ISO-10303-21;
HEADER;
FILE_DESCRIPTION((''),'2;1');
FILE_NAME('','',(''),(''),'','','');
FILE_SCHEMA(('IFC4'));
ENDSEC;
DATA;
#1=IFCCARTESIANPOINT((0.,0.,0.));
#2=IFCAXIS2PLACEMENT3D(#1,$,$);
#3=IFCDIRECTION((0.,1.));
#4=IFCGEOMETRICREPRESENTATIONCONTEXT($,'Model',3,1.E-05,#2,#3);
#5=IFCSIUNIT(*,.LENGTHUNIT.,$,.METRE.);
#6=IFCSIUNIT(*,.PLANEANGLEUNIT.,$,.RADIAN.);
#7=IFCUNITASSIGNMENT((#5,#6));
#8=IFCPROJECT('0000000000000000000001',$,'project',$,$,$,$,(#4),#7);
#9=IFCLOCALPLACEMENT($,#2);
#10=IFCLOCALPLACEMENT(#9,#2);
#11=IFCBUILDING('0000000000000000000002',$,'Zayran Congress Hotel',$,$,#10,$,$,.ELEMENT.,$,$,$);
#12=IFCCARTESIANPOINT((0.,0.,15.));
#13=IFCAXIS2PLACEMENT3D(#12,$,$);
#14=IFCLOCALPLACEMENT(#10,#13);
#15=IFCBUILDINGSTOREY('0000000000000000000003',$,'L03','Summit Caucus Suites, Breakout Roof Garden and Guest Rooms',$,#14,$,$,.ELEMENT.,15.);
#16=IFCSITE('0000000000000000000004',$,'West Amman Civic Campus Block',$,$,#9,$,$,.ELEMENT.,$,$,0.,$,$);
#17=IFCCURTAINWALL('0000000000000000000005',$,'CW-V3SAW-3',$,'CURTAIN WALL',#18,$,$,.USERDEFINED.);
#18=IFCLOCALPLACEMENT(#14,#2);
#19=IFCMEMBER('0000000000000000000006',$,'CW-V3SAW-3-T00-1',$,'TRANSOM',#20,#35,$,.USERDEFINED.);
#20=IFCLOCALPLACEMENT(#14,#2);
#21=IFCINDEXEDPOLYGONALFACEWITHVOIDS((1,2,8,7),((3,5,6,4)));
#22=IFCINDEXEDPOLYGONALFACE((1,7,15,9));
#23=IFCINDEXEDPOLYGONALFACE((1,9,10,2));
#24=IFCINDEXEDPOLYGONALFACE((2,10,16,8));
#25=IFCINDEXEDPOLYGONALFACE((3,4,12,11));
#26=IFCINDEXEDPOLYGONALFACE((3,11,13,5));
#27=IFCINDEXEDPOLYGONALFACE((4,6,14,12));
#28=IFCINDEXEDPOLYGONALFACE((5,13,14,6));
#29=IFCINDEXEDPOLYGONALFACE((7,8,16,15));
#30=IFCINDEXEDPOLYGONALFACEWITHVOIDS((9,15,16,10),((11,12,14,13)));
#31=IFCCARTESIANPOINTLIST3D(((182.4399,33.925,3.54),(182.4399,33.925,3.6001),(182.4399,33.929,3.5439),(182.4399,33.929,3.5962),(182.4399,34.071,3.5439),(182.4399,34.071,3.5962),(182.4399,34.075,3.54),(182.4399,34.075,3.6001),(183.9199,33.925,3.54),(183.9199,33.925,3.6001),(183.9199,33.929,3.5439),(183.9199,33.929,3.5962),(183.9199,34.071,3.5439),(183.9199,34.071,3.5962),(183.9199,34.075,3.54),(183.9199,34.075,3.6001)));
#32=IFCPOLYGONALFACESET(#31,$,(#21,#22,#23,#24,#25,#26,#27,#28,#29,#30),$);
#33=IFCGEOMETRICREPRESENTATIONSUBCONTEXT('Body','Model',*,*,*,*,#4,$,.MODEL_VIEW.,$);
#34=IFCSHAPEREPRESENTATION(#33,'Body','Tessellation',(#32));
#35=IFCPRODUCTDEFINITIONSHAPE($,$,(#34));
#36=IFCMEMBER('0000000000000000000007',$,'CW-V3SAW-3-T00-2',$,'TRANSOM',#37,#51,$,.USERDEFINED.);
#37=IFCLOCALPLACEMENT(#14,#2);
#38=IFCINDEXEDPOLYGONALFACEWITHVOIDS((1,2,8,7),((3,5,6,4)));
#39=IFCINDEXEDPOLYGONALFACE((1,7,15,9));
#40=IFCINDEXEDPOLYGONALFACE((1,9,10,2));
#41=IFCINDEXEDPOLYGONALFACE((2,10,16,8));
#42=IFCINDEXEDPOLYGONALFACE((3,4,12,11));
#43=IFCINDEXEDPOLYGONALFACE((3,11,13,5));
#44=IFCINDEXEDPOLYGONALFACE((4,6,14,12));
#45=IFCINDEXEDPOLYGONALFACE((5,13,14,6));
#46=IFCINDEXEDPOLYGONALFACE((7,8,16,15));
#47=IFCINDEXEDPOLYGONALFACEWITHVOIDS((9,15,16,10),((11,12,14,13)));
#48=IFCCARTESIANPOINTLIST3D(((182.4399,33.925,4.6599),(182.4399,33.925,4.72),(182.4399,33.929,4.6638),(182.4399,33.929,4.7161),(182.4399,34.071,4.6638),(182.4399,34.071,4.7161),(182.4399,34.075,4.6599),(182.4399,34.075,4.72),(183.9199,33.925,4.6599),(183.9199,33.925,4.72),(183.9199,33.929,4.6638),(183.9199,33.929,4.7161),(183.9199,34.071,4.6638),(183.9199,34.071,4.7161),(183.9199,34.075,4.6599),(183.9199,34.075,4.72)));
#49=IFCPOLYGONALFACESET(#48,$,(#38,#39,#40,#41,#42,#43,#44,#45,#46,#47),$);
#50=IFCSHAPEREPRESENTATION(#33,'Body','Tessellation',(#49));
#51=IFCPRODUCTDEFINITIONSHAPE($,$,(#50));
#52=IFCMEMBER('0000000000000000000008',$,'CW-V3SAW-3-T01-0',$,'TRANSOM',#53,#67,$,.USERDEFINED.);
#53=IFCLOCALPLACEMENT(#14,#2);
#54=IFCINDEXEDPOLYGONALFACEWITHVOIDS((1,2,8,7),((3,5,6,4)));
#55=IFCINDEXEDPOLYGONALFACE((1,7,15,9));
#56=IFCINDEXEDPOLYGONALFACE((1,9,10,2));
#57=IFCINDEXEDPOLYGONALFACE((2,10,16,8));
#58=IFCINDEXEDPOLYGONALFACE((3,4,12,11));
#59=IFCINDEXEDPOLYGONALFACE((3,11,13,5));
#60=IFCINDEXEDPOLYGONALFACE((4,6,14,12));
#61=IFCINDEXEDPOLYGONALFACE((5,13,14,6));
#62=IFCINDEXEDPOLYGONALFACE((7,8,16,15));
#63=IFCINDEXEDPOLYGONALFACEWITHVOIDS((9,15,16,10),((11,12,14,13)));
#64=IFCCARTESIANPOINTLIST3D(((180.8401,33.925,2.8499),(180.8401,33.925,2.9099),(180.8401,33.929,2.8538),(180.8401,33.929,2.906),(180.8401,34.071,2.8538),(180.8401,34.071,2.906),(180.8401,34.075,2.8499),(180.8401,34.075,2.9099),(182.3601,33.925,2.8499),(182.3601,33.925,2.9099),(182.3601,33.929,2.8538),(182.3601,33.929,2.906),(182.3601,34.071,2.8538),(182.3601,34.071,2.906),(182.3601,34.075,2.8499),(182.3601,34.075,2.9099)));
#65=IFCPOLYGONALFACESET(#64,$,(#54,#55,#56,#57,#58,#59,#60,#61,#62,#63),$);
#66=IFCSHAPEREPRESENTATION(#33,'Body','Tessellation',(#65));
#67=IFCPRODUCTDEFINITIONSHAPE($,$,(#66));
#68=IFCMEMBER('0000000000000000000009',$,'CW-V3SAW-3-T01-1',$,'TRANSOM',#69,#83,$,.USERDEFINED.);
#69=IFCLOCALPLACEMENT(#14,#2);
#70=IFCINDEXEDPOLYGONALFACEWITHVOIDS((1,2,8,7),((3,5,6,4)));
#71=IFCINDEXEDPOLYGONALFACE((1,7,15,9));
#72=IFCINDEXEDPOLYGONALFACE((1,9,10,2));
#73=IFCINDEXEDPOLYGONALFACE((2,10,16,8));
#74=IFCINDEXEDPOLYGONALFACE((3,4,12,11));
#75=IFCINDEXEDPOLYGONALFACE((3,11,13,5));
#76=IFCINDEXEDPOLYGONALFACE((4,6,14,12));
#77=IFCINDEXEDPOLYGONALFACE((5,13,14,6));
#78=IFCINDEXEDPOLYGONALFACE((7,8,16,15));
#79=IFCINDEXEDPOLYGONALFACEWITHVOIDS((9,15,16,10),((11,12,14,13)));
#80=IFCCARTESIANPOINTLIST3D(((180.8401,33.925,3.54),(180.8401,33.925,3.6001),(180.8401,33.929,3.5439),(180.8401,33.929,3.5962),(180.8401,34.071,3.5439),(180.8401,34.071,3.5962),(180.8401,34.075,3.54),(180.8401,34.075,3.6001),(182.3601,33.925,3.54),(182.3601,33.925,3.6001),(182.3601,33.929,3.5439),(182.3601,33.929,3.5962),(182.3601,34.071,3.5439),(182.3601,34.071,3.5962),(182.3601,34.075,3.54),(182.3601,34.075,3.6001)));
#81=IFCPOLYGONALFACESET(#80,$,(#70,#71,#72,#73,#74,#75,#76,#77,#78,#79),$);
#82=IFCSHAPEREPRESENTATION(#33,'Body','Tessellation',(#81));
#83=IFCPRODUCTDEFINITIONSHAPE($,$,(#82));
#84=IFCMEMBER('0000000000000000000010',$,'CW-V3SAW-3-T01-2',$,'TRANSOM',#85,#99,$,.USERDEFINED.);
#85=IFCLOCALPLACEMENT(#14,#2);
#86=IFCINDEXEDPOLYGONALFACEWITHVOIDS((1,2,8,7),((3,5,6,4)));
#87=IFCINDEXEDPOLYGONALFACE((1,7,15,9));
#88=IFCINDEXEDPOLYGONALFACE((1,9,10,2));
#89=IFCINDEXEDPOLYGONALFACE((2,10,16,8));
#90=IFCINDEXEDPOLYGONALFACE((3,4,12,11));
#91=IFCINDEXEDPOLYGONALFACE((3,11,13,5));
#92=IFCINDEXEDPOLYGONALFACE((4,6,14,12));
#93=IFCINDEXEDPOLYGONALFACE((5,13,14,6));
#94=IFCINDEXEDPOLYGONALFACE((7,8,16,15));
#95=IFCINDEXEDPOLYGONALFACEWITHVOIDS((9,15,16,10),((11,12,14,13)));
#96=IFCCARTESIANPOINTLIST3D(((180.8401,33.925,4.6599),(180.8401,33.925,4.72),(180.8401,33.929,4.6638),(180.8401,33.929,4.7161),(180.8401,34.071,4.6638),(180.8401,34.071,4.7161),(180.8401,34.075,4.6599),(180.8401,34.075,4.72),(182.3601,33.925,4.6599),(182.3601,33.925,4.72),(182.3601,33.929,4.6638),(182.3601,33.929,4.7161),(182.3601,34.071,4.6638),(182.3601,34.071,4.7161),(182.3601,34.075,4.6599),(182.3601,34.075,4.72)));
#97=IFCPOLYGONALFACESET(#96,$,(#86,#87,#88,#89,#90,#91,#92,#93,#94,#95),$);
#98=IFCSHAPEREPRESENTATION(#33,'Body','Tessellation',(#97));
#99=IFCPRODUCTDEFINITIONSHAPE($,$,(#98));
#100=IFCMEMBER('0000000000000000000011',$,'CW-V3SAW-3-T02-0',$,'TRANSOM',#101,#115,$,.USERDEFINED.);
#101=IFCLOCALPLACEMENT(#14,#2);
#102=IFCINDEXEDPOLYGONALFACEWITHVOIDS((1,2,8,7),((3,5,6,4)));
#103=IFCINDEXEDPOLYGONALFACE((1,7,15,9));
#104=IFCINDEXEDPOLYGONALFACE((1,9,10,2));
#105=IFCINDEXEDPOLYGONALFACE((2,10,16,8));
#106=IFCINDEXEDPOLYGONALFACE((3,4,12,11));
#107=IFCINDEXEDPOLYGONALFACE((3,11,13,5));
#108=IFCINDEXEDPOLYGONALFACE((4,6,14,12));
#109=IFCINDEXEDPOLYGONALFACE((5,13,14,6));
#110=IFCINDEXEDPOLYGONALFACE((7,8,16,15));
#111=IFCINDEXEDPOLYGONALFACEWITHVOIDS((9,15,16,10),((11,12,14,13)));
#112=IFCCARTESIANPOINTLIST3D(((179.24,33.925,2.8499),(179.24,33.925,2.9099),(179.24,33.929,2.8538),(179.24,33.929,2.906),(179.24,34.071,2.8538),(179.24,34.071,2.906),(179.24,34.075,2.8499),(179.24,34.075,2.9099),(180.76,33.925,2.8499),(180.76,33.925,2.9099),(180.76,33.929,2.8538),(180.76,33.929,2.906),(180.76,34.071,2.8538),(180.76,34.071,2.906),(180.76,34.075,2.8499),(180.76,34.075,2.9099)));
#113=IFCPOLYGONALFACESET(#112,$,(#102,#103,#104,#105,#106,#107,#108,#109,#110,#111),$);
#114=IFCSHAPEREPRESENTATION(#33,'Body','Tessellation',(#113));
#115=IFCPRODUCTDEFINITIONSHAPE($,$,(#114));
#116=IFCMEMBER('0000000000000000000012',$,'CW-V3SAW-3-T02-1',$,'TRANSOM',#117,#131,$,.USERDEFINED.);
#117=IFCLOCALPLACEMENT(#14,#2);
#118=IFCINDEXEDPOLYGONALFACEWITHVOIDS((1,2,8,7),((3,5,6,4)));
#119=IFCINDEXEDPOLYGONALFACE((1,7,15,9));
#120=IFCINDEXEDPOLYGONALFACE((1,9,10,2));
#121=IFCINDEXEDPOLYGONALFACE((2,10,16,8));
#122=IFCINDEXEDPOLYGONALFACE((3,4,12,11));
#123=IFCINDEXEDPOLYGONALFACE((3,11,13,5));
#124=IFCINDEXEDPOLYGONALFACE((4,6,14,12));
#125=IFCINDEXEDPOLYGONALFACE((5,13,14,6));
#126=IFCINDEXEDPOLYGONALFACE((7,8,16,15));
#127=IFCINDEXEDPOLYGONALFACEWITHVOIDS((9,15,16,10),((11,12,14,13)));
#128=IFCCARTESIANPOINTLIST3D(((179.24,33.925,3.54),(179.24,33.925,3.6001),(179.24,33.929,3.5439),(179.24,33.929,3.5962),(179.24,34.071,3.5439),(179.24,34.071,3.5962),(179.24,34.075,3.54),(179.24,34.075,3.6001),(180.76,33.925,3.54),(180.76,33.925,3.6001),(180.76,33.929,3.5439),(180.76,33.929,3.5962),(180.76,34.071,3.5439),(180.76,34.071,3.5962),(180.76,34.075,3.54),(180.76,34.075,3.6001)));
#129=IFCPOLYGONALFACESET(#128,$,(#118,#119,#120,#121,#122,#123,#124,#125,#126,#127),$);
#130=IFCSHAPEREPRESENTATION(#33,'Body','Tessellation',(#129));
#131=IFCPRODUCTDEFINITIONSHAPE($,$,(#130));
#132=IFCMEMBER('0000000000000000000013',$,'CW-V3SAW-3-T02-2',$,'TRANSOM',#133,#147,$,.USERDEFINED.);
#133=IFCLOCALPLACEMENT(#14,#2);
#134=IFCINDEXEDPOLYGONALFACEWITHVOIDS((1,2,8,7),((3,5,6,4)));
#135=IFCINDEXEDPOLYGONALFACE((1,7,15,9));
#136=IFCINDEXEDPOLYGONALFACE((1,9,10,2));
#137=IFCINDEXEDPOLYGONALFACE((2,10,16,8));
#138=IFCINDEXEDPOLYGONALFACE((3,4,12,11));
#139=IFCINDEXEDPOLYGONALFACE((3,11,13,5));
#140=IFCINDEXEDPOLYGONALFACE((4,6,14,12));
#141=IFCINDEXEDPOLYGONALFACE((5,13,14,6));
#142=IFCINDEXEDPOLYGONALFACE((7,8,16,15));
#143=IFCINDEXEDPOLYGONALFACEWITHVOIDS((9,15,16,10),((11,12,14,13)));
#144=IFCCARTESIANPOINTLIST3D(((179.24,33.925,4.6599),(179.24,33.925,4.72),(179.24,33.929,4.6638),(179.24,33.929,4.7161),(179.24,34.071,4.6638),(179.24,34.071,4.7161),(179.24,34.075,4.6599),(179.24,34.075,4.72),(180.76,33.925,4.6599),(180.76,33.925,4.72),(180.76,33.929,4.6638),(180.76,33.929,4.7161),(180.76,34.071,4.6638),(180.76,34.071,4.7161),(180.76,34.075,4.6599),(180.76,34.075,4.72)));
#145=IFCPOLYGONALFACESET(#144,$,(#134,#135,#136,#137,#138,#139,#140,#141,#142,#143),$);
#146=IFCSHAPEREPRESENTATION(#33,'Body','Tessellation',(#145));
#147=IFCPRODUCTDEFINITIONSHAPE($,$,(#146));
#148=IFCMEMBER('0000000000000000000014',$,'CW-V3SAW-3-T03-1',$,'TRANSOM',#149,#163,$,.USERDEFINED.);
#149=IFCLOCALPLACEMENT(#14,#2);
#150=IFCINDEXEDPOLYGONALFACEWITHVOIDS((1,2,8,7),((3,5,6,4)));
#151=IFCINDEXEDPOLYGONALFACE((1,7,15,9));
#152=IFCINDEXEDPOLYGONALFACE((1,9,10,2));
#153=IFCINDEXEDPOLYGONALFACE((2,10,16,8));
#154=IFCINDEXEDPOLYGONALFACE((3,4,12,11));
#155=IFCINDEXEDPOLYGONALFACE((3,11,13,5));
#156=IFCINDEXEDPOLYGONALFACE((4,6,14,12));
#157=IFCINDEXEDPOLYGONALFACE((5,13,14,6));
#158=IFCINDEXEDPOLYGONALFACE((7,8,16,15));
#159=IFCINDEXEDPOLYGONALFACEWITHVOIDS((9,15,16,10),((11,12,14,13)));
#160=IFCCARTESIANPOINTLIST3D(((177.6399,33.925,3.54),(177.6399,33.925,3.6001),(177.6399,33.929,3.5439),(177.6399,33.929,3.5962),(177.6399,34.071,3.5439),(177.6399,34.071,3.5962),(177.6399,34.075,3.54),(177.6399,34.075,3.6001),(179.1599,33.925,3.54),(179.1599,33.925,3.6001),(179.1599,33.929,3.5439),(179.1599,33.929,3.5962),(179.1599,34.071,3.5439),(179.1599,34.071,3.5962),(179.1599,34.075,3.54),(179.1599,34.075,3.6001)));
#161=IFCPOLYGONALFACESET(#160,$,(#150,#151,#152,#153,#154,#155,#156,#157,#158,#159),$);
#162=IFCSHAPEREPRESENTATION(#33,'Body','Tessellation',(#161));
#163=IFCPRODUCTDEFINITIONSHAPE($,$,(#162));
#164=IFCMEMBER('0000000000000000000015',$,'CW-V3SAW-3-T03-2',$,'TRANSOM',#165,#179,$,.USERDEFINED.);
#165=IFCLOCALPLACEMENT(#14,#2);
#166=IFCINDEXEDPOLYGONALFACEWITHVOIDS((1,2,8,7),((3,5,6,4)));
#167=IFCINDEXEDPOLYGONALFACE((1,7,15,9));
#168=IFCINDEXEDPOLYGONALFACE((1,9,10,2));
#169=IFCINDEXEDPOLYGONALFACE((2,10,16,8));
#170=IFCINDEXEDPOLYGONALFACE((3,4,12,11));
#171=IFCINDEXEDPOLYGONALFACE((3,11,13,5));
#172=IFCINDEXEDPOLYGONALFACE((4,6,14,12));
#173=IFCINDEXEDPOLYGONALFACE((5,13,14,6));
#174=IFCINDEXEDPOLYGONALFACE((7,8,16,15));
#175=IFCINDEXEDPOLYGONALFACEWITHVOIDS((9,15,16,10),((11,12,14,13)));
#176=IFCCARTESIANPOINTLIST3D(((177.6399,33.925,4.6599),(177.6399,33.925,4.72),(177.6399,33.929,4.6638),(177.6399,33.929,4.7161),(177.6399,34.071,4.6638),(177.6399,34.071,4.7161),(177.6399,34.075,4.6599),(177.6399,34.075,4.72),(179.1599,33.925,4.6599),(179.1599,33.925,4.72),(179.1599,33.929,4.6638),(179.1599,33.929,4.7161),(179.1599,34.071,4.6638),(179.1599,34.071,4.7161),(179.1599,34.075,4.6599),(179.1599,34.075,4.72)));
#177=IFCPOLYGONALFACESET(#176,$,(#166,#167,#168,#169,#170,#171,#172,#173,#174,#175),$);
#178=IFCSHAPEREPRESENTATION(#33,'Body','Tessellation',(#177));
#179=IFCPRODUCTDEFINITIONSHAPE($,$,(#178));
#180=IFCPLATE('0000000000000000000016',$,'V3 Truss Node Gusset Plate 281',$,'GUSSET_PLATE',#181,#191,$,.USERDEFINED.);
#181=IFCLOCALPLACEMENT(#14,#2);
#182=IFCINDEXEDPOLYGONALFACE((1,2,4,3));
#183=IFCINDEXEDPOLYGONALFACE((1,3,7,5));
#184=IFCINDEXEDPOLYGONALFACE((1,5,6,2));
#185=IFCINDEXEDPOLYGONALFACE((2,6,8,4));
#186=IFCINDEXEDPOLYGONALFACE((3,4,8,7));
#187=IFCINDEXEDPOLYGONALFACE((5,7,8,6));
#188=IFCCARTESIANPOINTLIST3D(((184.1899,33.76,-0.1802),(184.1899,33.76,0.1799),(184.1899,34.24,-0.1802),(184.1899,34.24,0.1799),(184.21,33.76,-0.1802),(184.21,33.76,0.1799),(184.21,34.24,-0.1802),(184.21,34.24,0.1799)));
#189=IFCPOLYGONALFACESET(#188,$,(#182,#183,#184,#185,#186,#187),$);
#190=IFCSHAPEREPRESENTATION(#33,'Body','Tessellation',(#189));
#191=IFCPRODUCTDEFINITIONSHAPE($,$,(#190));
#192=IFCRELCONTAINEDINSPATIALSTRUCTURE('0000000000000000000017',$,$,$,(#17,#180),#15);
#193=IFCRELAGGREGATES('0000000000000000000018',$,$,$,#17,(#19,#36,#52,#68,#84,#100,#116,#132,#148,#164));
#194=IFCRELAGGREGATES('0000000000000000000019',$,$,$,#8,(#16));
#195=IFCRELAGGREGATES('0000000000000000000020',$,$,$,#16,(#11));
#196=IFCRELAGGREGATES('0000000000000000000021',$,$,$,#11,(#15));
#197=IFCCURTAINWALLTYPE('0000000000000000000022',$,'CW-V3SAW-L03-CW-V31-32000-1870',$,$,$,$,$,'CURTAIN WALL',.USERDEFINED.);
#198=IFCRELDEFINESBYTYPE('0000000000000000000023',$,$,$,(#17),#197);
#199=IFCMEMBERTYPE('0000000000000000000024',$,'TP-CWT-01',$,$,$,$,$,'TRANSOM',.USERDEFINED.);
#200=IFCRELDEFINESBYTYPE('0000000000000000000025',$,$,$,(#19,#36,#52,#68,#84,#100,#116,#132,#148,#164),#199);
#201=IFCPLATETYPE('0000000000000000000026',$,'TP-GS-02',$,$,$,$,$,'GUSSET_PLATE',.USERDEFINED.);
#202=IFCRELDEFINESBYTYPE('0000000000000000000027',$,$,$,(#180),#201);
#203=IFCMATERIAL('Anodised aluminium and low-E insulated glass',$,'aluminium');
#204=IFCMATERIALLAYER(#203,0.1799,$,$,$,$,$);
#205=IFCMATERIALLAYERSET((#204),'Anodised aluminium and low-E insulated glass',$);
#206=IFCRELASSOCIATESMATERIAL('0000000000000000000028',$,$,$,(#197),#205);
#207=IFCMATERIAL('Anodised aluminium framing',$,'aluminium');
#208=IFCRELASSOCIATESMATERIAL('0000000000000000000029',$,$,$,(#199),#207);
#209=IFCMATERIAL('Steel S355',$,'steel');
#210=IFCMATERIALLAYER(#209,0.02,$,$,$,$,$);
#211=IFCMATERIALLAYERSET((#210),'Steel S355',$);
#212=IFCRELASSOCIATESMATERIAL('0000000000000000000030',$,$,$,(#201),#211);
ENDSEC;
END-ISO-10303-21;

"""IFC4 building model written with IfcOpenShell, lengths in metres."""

from ifc_helpers import new_model, si_unit, direction, frame, origin, origin_2d, place, context, subcontext, project, spatial, rectangle, hollow_rectangle, extrude, material, layer, layer_set, material_profile, profile_set, type_object, element, aggregate, save


model = new_model("IFC4")

# Units and contexts
model_context = context("Model", 3, precision=1e-05, world=origin(), true_north=direction((0.0, 1.0)))
body_context = subcontext(model_context, "Body", "Model", "MODEL_VIEW")
ifc_project = project(units=[si_unit("LENGTHUNIT", "METRE"), si_unit("PLANEANGLEUNIT", "RADIAN")], contexts=[model_context])

# Site, building, storey
site_placement = place(None, origin())
site = spatial("IfcSite", under=ifc_project, at=site_placement, Name="West Amman Civic Campus Block", CompositionType="ELEMENT", RefElevation=0.0)
building_placement = place(site_placement, origin())
building = spatial("IfcBuilding", under=site, at=building_placement, Name="Zayran Congress Hotel", CompositionType="ELEMENT")
storey_placement = place(building_placement, frame((0.0, 0.0, 15.0)))
storey = spatial("IfcBuildingStorey", under=building, at=storey_placement, Name="L03", Description="Summit Caucus Suites, Breakout Roof Garden and Guest Rooms", CompositionType="ELEMENT", Elevation=15.0)

# Shared definitions
ifc_material_1 = material(Name="Steel S355", Category="steel")

# Curtain wall, members
ifc_material_2 = material(Name="Anodised aluminium and low-E insulated glass", Category="aluminium")
ifc_layer_1 = layer(ifc_material_2, 0.1799)
ifc_layer_set_1 = layer_set([ifc_layer_1], Name="Anodised aluminium and low-E insulated glass")
curtain_wall_type = type_object("IfcCurtainWallType", Name="CW-V3SAW-L03-CW-V31-32000-1870", ElementType="CURTAIN WALL", PredefinedType="USERDEFINED", material=ifc_layer_set_1)
curtain_wall_placement = place(storey_placement, origin())
curtain_wall = element("IfcCurtainWall", 1, at=curtain_wall_placement, inside=storey, type_object=curtain_wall_type, Name="CW-V3SAW-3", ObjectType="CURTAIN WALL", PredefinedType="USERDEFINED")
ifc_material_3 = material(Name="Anodised aluminium framing", Category="aluminium")
ifc_material_profile_1 = material_profile(ifc_material_3, hollow_rectangle(XDim=0.0601, YDim=0.1499, WallThickness=0.0039, at=origin_2d()), Name="RHS 150x60x4")
ifc_profile_set_1 = profile_set([ifc_material_profile_1], Name="Anodised aluminium framing")
member_type_1 = type_object("IfcMemberType", Name="TP-CWT-01", ElementType="TRANSOM", PredefinedType="USERDEFINED", material=ifc_profile_set_1)
member_1_placement = place(storey_placement, frame((183.9199, 34.0, 3.5701), z_axis=(-1.0, 0.0, 0.0), x_axis=(0.0, 0.0, 1.0)))
member_1 = element("IfcMember", 2, at=member_1_placement, type_object=member_type_1, Name="CW-V3SAW-3-T00-1", ObjectType="TRANSOM", PredefinedType="USERDEFINED", context=body_context, shape_type="SweptSolid", body=[
    extrude(hollow_rectangle(XDim=0.0601, YDim=0.1499, WallThickness=0.0039, at=origin_2d()), origin(), (0.0, 0.0, 1.0), 1.48),
])
member_2_placement = place(storey_placement, frame((183.9199, 34.0, 4.6899), z_axis=(-1.0, 0.0, 0.0), x_axis=(0.0, 0.0, 1.0)))
member_2 = element("IfcMember", 3, at=member_2_placement, type_object=member_type_1, Name="CW-V3SAW-3-T00-2", ObjectType="TRANSOM", PredefinedType="USERDEFINED", context=body_context, shape_type="SweptSolid", body=[
    extrude(hollow_rectangle(XDim=0.0601, YDim=0.1499, WallThickness=0.0039, at=origin_2d()), origin(), (0.0, 0.0, 1.0), 1.48),
])
member_3_placement = place(storey_placement, frame((182.3601, 34.0, 2.8799), z_axis=(-1.0, 0.0, 0.0), x_axis=(0.0, 0.0, 1.0)))
member_3 = element("IfcMember", 4, at=member_3_placement, type_object=member_type_1, Name="CW-V3SAW-3-T01-0", ObjectType="TRANSOM", PredefinedType="USERDEFINED", context=body_context, shape_type="SweptSolid", body=[
    extrude(hollow_rectangle(XDim=0.0601, YDim=0.1499, WallThickness=0.0039, at=origin_2d()), origin(), (0.0, 0.0, 1.0), 1.52),
])
member_4_placement = place(storey_placement, frame((182.3601, 34.0, 3.5701), z_axis=(-1.0, 0.0, 0.0), x_axis=(0.0, 0.0, 1.0)))
member_4 = element("IfcMember", 5, at=member_4_placement, type_object=member_type_1, Name="CW-V3SAW-3-T01-1", ObjectType="TRANSOM", PredefinedType="USERDEFINED", context=body_context, shape_type="SweptSolid", body=[
    extrude(hollow_rectangle(XDim=0.0601, YDim=0.1499, WallThickness=0.0039, at=origin_2d()), origin(), (0.0, 0.0, 1.0), 1.52),
])
member_5_placement = place(storey_placement, frame((182.3601, 34.0, 4.6899), z_axis=(-1.0, 0.0, 0.0), x_axis=(0.0, 0.0, 1.0)))
member_5 = element("IfcMember", 6, at=member_5_placement, type_object=member_type_1, Name="CW-V3SAW-3-T01-2", ObjectType="TRANSOM", PredefinedType="USERDEFINED", context=body_context, shape_type="SweptSolid", body=[
    extrude(hollow_rectangle(XDim=0.0601, YDim=0.1499, WallThickness=0.0039, at=origin_2d()), origin(), (0.0, 0.0, 1.0), 1.52),
])
member_6_placement = place(storey_placement, frame((180.76, 34.0, 2.8799), z_axis=(-1.0, 0.0, 0.0), x_axis=(0.0, 0.0, 1.0)))
member_6 = element("IfcMember", 7, at=member_6_placement, type_object=member_type_1, Name="CW-V3SAW-3-T02-0", ObjectType="TRANSOM", PredefinedType="USERDEFINED", context=body_context, shape_type="SweptSolid", body=[
    extrude(hollow_rectangle(XDim=0.0601, YDim=0.1499, WallThickness=0.0039, at=origin_2d()), origin(), (0.0, 0.0, 1.0), 1.52),
])
member_7_placement = place(storey_placement, frame((180.76, 34.0, 3.5701), z_axis=(-1.0, 0.0, 0.0), x_axis=(0.0, 0.0, 1.0)))
member_7 = element("IfcMember", 8, at=member_7_placement, type_object=member_type_1, Name="CW-V3SAW-3-T02-1", ObjectType="TRANSOM", PredefinedType="USERDEFINED", context=body_context, shape_type="SweptSolid", body=[
    extrude(hollow_rectangle(XDim=0.0601, YDim=0.1499, WallThickness=0.0039, at=origin_2d()), origin(), (0.0, 0.0, 1.0), 1.52),
])
member_8_placement = place(storey_placement, frame((180.76, 34.0, 4.6899), z_axis=(-1.0, 0.0, 0.0), x_axis=(0.0, 0.0, 1.0)))
member_8 = element("IfcMember", 9, at=member_8_placement, type_object=member_type_1, Name="CW-V3SAW-3-T02-2", ObjectType="TRANSOM", PredefinedType="USERDEFINED", context=body_context, shape_type="SweptSolid", body=[
    extrude(hollow_rectangle(XDim=0.0601, YDim=0.1499, WallThickness=0.0039, at=origin_2d()), origin(), (0.0, 0.0, 1.0), 1.52),
])
member_9_placement = place(storey_placement, frame((179.1599, 34.0, 3.5701), z_axis=(-1.0, 0.0, 0.0), x_axis=(0.0, 0.0, 1.0)))
member_9 = element("IfcMember", 10, at=member_9_placement, type_object=member_type_1, Name="CW-V3SAW-3-T03-1", ObjectType="TRANSOM", PredefinedType="USERDEFINED", context=body_context, shape_type="SweptSolid", body=[
    extrude(hollow_rectangle(XDim=0.0601, YDim=0.1499, WallThickness=0.0039, at=origin_2d()), origin(), (0.0, 0.0, 1.0), 1.52),
])
member_10_placement = place(storey_placement, frame((179.1599, 34.0, 4.6899), z_axis=(-1.0, 0.0, 0.0), x_axis=(0.0, 0.0, 1.0)))
member_10 = element("IfcMember", 11, at=member_10_placement, type_object=member_type_1, Name="CW-V3SAW-3-T03-2", ObjectType="TRANSOM", PredefinedType="USERDEFINED", context=body_context, shape_type="SweptSolid", body=[
    extrude(hollow_rectangle(XDim=0.0601, YDim=0.1499, WallThickness=0.0039, at=origin_2d()), origin(), (0.0, 0.0, 1.0), 1.52),
])

# Plate
ifc_layer_2 = layer(ifc_material_1, 0.02)
ifc_layer_set_2 = layer_set([ifc_layer_2], Name="Steel S355")
plate_type_1 = type_object("IfcPlateType", Name="TP-GS-02", ElementType="GUSSET_PLATE", PredefinedType="USERDEFINED", material=ifc_layer_set_2)
plate_1_placement = place(storey_placement, frame((184.2, 34.0, -0.1802), z_axis=(0.0, 0.0, 1.0), x_axis=(0.0, 1.0, 0.0)))
element("IfcPlate", 12, at=plate_1_placement, inside=storey, type_object=plate_type_1, Name="V3 Truss Node Gusset Plate 281", ObjectType="GUSSET_PLATE", PredefinedType="USERDEFINED", context=body_context, shape_type="SweptSolid", body=[
    extrude(rectangle(XDim=0.48, YDim=0.02, at=origin_2d()), origin(), (0.0, 0.0, 1.0), 0.3601),
])

aggregate(curtain_wall, [member_1, member_2, member_3, member_4, member_5, member_6, member_7, member_8, member_9, member_10])

save(model, "model.ifc")
